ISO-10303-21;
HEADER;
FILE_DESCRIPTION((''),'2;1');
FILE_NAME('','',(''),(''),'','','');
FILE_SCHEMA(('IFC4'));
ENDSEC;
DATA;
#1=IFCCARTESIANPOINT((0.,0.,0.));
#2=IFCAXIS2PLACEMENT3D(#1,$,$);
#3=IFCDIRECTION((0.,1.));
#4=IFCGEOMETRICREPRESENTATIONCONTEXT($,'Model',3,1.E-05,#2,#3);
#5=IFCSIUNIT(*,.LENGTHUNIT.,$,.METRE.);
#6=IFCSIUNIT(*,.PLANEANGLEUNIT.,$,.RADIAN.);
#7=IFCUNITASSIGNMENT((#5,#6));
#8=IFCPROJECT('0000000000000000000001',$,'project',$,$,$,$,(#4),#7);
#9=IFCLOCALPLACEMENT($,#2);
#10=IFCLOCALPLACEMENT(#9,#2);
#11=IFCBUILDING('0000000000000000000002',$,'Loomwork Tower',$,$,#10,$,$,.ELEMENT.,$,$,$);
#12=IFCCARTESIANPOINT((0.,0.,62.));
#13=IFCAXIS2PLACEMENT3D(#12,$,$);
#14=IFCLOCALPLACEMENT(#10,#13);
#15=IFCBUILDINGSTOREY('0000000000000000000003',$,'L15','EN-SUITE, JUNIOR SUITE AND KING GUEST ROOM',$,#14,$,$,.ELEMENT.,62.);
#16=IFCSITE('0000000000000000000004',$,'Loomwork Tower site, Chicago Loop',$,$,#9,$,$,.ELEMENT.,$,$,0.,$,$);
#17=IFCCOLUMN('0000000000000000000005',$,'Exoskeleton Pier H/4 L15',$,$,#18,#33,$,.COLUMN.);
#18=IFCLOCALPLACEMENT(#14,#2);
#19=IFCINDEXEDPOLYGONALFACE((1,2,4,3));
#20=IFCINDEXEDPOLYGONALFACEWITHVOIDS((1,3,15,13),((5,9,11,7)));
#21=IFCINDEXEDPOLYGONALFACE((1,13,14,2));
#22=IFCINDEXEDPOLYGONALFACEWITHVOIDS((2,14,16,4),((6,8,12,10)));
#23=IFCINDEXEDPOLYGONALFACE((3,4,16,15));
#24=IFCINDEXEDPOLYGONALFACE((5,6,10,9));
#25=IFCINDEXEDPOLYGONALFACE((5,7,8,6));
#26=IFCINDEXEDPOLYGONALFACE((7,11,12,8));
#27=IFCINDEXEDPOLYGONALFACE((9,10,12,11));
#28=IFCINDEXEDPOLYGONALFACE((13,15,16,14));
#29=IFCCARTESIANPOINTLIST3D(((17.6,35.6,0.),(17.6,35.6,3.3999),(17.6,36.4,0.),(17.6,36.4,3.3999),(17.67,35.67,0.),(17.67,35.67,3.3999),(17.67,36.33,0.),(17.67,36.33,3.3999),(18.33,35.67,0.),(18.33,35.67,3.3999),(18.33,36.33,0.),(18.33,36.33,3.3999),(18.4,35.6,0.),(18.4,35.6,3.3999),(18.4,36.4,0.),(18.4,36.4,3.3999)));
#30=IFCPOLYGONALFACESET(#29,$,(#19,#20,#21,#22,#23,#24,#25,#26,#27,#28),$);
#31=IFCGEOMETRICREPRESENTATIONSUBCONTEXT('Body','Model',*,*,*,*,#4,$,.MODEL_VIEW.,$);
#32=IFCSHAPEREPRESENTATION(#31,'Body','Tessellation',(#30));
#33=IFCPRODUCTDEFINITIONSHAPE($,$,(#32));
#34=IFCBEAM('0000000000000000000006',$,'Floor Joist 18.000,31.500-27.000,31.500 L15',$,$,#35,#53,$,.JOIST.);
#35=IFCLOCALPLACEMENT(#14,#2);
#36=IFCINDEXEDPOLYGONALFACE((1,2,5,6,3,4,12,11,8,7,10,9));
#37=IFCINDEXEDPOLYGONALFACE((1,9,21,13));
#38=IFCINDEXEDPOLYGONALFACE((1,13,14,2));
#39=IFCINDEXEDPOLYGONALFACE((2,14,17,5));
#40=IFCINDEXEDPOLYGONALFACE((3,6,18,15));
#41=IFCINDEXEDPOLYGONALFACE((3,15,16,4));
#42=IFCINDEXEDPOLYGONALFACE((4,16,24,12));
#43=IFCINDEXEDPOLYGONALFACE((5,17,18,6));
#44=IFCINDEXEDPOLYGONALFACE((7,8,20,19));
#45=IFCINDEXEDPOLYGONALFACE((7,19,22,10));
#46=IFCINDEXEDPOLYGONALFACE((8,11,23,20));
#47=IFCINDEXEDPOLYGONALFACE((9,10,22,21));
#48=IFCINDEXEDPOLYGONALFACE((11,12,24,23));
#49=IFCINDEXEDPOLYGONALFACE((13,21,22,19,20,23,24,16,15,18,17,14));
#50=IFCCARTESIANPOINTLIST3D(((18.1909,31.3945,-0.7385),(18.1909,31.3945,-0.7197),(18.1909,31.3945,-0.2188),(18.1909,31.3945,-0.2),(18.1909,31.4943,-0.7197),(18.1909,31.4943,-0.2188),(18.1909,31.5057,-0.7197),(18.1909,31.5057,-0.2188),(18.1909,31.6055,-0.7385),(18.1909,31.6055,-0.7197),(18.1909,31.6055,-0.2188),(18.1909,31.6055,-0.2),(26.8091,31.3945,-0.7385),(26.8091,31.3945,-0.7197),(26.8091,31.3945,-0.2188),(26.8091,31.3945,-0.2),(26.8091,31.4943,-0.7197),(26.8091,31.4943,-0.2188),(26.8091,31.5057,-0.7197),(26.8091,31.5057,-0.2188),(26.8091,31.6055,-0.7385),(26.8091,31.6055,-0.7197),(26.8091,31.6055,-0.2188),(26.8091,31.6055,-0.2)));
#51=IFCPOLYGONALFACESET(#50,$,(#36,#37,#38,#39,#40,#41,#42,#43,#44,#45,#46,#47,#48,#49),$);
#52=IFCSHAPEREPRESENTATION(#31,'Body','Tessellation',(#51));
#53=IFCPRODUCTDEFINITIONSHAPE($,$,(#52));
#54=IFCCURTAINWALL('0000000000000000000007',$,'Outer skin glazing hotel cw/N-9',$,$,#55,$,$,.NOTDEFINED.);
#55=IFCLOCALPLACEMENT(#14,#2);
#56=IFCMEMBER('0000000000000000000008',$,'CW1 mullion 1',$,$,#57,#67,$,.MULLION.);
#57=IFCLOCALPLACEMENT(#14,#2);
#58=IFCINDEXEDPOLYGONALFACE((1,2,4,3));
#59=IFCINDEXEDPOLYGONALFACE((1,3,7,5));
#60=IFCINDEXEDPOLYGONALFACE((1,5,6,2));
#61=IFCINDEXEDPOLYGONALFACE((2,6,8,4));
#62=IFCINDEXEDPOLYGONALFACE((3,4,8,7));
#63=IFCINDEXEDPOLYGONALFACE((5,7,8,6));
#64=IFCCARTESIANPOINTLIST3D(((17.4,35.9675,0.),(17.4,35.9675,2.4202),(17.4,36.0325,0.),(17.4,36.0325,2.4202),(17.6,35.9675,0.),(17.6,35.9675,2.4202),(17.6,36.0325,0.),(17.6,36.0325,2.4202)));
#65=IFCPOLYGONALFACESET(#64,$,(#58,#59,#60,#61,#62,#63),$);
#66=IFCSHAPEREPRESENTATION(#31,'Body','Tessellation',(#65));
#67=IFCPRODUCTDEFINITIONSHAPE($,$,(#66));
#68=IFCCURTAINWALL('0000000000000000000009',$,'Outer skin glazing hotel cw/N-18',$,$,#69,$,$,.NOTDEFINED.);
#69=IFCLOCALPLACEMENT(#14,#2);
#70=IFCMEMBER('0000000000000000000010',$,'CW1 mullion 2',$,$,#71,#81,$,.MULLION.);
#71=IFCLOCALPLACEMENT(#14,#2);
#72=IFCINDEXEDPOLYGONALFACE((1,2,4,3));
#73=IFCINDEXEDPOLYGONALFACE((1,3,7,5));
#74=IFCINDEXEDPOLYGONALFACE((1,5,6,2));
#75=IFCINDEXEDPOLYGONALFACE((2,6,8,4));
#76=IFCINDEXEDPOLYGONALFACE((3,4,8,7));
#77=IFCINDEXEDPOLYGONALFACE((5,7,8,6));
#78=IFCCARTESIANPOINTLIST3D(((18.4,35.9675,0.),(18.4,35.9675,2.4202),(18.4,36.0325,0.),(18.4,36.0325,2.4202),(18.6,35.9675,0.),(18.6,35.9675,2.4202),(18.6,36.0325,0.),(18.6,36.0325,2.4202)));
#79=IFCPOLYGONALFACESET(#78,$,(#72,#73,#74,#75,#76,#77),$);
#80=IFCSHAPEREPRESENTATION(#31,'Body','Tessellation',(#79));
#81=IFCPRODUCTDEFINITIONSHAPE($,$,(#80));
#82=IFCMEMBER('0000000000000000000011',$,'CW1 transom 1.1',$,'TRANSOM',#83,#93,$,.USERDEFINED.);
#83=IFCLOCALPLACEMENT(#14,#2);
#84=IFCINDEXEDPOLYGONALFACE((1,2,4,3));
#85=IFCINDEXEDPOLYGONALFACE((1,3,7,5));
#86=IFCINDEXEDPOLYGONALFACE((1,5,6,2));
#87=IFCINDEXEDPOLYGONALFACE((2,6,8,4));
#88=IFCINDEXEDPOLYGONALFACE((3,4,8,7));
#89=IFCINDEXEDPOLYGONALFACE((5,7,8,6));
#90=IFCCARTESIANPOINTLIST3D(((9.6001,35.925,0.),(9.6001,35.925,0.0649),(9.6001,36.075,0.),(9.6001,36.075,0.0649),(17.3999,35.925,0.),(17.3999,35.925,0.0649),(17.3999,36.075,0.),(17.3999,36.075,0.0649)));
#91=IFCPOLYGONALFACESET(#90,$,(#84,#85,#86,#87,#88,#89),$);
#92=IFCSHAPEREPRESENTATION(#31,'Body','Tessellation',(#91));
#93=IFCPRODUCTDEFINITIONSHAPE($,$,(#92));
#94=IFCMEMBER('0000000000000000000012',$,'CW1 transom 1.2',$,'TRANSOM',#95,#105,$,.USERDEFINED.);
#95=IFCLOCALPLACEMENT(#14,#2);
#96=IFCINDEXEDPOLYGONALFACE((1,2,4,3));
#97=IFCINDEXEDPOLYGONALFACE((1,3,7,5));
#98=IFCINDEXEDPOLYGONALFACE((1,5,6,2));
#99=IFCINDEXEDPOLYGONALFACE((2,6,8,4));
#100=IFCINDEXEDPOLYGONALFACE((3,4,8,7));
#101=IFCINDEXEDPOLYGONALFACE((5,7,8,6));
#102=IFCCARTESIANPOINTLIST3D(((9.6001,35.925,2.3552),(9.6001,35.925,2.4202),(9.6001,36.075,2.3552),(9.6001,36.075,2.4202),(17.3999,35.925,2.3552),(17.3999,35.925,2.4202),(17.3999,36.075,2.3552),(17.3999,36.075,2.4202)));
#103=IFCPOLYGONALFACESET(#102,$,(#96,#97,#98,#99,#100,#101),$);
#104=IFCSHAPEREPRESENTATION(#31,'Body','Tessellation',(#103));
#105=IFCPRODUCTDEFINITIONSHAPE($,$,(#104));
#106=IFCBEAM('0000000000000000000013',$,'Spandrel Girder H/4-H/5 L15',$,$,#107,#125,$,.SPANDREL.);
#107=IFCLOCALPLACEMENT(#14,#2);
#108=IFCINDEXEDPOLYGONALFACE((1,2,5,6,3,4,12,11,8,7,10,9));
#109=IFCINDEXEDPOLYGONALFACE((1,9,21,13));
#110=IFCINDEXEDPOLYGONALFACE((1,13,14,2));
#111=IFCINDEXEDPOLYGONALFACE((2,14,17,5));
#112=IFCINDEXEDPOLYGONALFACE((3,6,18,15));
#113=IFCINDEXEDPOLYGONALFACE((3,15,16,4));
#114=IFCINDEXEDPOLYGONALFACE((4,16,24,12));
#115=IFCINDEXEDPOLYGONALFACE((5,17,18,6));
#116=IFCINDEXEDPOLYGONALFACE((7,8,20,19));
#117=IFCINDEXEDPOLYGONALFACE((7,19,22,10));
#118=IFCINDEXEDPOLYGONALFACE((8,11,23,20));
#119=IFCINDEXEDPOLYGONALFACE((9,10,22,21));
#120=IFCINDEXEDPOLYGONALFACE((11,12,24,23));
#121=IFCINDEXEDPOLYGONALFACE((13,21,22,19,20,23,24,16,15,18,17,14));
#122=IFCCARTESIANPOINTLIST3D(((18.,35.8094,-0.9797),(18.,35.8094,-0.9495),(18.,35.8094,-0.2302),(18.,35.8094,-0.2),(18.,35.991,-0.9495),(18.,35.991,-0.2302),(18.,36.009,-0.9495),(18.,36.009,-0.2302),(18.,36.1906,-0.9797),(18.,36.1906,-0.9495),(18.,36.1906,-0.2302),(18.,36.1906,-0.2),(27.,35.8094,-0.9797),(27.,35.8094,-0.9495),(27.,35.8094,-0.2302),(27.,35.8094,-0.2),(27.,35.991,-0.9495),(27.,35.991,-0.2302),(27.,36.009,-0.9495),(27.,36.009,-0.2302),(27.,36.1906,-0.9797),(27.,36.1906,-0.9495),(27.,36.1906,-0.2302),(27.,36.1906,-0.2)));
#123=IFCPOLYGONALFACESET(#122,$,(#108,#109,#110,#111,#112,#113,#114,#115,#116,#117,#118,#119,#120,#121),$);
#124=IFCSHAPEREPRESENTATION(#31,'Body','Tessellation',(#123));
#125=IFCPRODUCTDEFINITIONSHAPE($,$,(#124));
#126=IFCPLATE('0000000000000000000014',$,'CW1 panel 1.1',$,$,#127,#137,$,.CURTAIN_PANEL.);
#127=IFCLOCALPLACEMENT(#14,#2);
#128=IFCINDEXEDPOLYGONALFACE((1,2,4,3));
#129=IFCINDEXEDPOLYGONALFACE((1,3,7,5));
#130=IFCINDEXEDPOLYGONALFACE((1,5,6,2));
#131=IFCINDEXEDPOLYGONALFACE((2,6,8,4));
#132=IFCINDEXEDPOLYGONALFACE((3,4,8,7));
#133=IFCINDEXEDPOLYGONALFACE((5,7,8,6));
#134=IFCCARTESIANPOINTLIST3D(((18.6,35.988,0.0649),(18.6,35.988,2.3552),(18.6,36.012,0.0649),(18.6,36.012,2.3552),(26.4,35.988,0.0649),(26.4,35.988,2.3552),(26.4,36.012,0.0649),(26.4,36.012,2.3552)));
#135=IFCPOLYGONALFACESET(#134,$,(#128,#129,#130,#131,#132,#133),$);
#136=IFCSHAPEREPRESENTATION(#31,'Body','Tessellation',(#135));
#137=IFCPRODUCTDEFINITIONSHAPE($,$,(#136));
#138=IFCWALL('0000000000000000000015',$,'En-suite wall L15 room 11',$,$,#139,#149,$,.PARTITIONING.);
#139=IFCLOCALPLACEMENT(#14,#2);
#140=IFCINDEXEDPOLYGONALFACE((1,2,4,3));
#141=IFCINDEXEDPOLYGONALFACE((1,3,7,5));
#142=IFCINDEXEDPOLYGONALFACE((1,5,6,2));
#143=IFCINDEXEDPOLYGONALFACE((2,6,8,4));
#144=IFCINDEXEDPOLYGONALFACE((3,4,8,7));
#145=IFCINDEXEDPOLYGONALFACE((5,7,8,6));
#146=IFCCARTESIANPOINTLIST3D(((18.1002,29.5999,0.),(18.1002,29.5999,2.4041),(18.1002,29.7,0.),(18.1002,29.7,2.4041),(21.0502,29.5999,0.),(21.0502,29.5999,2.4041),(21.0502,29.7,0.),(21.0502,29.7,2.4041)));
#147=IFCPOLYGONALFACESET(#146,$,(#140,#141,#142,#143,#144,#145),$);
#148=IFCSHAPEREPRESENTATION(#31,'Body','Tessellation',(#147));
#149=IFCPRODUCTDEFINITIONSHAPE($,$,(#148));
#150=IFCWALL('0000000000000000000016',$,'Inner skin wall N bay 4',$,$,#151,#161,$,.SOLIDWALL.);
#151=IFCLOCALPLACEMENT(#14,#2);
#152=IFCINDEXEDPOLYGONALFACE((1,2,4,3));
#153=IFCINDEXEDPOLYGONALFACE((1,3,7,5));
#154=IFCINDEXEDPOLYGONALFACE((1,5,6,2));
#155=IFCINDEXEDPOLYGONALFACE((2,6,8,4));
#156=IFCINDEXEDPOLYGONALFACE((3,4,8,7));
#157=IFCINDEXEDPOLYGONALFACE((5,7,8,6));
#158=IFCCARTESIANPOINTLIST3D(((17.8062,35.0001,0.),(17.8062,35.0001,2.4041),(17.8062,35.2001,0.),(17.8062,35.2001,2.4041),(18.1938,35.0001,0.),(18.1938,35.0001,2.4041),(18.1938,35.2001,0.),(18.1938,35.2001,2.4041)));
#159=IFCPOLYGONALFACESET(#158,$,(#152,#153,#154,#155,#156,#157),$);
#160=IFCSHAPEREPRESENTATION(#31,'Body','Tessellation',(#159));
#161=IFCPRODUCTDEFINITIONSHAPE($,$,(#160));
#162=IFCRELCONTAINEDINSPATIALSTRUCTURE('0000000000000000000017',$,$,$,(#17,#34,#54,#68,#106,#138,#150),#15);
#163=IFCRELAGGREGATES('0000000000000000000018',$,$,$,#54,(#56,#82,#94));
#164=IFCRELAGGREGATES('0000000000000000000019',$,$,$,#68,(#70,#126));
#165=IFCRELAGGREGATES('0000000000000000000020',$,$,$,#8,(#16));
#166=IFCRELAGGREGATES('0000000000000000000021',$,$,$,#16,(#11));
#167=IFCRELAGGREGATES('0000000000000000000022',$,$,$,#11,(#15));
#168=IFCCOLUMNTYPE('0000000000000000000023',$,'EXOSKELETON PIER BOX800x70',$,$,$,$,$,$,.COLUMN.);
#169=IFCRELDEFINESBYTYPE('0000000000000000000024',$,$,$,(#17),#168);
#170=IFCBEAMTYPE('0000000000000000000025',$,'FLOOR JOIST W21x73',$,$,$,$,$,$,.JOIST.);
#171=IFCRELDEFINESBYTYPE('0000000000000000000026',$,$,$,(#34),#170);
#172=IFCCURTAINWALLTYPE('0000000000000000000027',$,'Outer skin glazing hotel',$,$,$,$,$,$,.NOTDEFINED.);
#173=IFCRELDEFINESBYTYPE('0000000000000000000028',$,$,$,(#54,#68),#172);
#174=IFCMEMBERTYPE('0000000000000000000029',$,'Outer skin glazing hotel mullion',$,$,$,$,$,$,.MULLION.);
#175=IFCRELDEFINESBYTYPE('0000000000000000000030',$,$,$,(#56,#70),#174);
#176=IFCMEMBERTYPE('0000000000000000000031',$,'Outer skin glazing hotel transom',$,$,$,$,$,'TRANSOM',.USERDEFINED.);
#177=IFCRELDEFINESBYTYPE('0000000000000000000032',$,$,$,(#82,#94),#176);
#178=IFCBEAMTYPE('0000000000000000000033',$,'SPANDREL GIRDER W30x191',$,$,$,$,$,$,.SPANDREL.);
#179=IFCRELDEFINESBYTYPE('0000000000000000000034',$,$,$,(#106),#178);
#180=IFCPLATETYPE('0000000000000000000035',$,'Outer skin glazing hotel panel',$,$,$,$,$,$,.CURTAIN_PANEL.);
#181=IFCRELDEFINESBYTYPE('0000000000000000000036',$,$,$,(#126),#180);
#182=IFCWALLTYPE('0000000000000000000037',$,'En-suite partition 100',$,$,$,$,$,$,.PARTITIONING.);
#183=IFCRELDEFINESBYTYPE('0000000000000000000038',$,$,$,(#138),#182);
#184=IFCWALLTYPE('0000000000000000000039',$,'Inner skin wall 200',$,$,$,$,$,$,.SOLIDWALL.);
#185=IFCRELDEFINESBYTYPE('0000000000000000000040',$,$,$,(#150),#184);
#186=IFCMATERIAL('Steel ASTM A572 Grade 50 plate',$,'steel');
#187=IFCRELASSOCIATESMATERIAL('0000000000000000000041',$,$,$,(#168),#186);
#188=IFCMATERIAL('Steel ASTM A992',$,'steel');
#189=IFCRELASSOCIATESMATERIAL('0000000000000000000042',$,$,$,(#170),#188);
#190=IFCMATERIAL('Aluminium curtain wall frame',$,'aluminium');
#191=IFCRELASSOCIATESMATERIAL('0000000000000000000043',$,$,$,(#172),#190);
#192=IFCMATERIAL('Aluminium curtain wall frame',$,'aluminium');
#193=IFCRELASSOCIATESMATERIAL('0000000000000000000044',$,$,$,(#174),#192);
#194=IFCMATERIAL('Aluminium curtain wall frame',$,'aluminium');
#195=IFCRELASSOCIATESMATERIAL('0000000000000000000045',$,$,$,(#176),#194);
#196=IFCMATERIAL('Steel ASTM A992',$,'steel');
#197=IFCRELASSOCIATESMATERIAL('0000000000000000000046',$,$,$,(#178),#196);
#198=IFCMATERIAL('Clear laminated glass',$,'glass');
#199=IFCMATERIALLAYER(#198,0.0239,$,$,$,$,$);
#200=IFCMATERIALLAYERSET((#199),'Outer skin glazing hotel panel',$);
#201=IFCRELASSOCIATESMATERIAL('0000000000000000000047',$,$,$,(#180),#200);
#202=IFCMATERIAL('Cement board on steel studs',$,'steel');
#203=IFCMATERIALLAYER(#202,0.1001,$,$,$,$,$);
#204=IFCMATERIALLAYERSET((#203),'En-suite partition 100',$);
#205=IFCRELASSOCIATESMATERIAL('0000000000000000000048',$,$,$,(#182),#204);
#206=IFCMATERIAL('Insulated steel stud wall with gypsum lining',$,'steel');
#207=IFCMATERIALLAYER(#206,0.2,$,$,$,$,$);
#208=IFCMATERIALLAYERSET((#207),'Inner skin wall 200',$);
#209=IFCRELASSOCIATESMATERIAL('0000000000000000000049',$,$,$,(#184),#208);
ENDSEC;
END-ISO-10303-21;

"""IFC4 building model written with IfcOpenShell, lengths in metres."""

from ifc_helpers import new_model, si_unit, direction, frame, frame_2d, origin, origin_2d, place, context, subcontext, project, spatial, rectangle, hollow_rectangle, i_section, extrude, material, layer, layer_set, material_profile, profile_set, type_object, element, aggregate, save


model = new_model("IFC4")

# Units and contexts
model_context = context("Model", 3, precision=1e-05, world=origin(), true_north=direction((0.0, 1.0)))
body_context = subcontext(model_context, "Body", "Model", "MODEL_VIEW")
ifc_project = project(units=[si_unit("LENGTHUNIT", "METRE"), si_unit("PLANEANGLEUNIT", "RADIAN")], contexts=[model_context])

# Site, building, storey
site_placement = place(None, origin())
site = spatial("IfcSite", under=ifc_project, at=site_placement, Name="Loomwork Tower site, Chicago Loop", CompositionType="ELEMENT", RefElevation=0.0)
building_placement = place(site_placement, origin())
building = spatial("IfcBuilding", under=site, at=building_placement, Name="Loomwork Tower", CompositionType="ELEMENT")
storey_placement = place(building_placement, frame((0.0, 0.0, 62.0)))
storey = spatial("IfcBuildingStorey", under=building, at=storey_placement, Name="L15", Description="EN-SUITE, JUNIOR SUITE AND KING GUEST ROOM", CompositionType="ELEMENT", Elevation=62.0)

# Column
ifc_material_1 = material(Name="Steel ASTM A572 Grade 50 plate", Category="steel")
ifc_material_profile_1 = material_profile(ifc_material_1, hollow_rectangle(XDim=0.8, YDim=0.8, WallThickness=0.0701, at=origin_2d()), Name="BOX800x70")
ifc_profile_set_1 = profile_set([ifc_material_profile_1], Name="Steel ASTM A572 Grade 50 plate")
column_type = type_object("IfcColumnType", Name="EXOSKELETON PIER BOX800x70", PredefinedType="COLUMN", material=ifc_profile_set_1)
column_placement = place(storey_placement, frame((18.0, 36.0, 0.0), z_axis=(0.0, 0.0, 1.0), x_axis=(1.0, 0.0, 0.0)))
element("IfcColumn", 1, at=column_placement, inside=storey, type_object=column_type, Name="Exoskeleton Pier H/4 L15", PredefinedType="COLUMN", context=body_context, shape_type="SweptSolid", body=[
    extrude(hollow_rectangle(XDim=0.8, YDim=0.8, WallThickness=0.0701, at=origin_2d()), origin(), (0.0, 0.0, 1.0), 3.3999),
])

# Beam
ifc_material_2 = material(Name="Steel ASTM A992", Category="steel")
ifc_material_profile_2 = material_profile(ifc_material_2, i_section(OverallWidth=0.2109, OverallDepth=0.5386, WebThickness=0.0115, FlangeThickness=0.0188, at=origin_2d()), Name="W21x73")
ifc_profile_set_2 = profile_set([ifc_material_profile_2], Name="Steel ASTM A992")
beam_type_1 = type_object("IfcBeamType", Name="FLOOR JOIST W21x73", PredefinedType="JOIST", material=ifc_profile_set_2)
beam_1_placement = place(storey_placement, frame((18.1909, 31.5, -0.4692), z_axis=(1.0, 0.0, 0.0), x_axis=(0.0, 1.0, 0.0)))
element("IfcBeam", 2, at=beam_1_placement, inside=storey, type_object=beam_type_1, Name="Floor Joist 18.000,31.500-27.000,31.500 L15", PredefinedType="JOIST", context=body_context, shape_type="SweptSolid", body=[
    extrude(i_section(OverallWidth=0.2109, OverallDepth=0.5386, WebThickness=0.0115, FlangeThickness=0.0188, at=origin_2d()), origin(), (0.0, 0.0, 1.0), 8.6182),
])

# Curtain walls, members
ifc_material_3 = material(Name="Aluminium curtain wall frame", Category="aluminium")
curtain_wall_type = type_object("IfcCurtainWallType", Name="Outer skin glazing hotel", PredefinedType="NOTDEFINED", material=ifc_material_3)
curtain_wall_1_placement = place(storey_placement, origin())
curtain_wall_1 = element("IfcCurtainWall", 3, at=curtain_wall_1_placement, inside=storey, type_object=curtain_wall_type, Name="Outer skin glazing hotel cw/N-9", PredefinedType="NOTDEFINED")
ifc_material_4 = material(Name="Aluminium curtain wall frame", Category="aluminium")
ifc_material_profile_3 = material_profile(ifc_material_4, rectangle(XDim=0.0649, YDim=0.2, at=origin_2d()), Name="AL 65x200")
ifc_profile_set_3 = profile_set([ifc_material_profile_3], Name="Aluminium curtain wall frame")
member_type_1 = type_object("IfcMemberType", Name="Outer skin glazing hotel mullion", PredefinedType="MULLION", material=ifc_profile_set_3)
member_1_placement = place(storey_placement, frame((17.5, 36.0, 0.0), z_axis=(0.0, 0.0, 1.0), x_axis=(0.0, -1.0, 0.0)))
member_1 = element("IfcMember", 4, at=member_1_placement, type_object=member_type_1, Name="CW1 mullion 1", PredefinedType="MULLION", context=body_context, shape_type="SweptSolid", body=[
    extrude(rectangle(XDim=0.0649, YDim=0.2, at=origin_2d()), origin(), (0.0, 0.0, 1.0), 2.4202),
])
curtain_wall_2_placement = place(storey_placement, origin())
curtain_wall_2 = element("IfcCurtainWall", 5, at=curtain_wall_2_placement, inside=storey, type_object=curtain_wall_type, Name="Outer skin glazing hotel cw/N-18", PredefinedType="NOTDEFINED")
member_2_placement = place(storey_placement, frame((18.5, 36.0, 0.0), z_axis=(0.0, 0.0, 1.0), x_axis=(0.0, -1.0, 0.0)))
member_2 = element("IfcMember", 6, at=member_2_placement, type_object=member_type_1, Name="CW1 mullion 2", PredefinedType="MULLION", context=body_context, shape_type="SweptSolid", body=[
    extrude(rectangle(XDim=0.0649, YDim=0.2, at=origin_2d()), origin(), (0.0, 0.0, 1.0), 2.4202),
])

# Members
ifc_material_5 = material(Name="Aluminium curtain wall frame", Category="aluminium")
ifc_material_profile_4 = material_profile(ifc_material_5, rectangle(XDim=0.1499, YDim=0.0649, at=origin_2d()), Name="AL 65x150")
ifc_profile_set_4 = profile_set([ifc_material_profile_4], Name="Aluminium curtain wall frame")
member_type_2 = type_object("IfcMemberType", Name="Outer skin glazing hotel transom", ElementType="TRANSOM", PredefinedType="USERDEFINED", material=ifc_profile_set_4)
member_3_placement = place(storey_placement, frame((17.3999, 36.0, 0.0325), z_axis=(-1.0, 0.0, 0.0), x_axis=(0.0, -1.0, 0.0)))
member_3 = element("IfcMember", 7, at=member_3_placement, type_object=member_type_2, Name="CW1 transom 1.1", ObjectType="TRANSOM", PredefinedType="USERDEFINED", context=body_context, shape_type="SweptSolid", body=[
    extrude(rectangle(XDim=0.1499, YDim=0.0649, at=origin_2d()), origin(), (0.0, 0.0, 1.0), 7.7998),
])
member_4_placement = place(storey_placement, frame((17.3999, 36.0, 2.3877), z_axis=(-1.0, 0.0, 0.0), x_axis=(0.0, -1.0, 0.0)))
member_4 = element("IfcMember", 8, at=member_4_placement, type_object=member_type_2, Name="CW1 transom 1.2", ObjectType="TRANSOM", PredefinedType="USERDEFINED", context=body_context, shape_type="SweptSolid", body=[
    extrude(rectangle(XDim=0.1499, YDim=0.0649, at=origin_2d()), origin(), (0.0, 0.0, 1.0), 7.7998),
])
aggregate(curtain_wall_1, [member_1, member_3, member_4])

# Beam
ifc_material_6 = material(Name="Steel ASTM A992", Category="steel")
ifc_material_profile_5 = material_profile(ifc_material_6, i_section(OverallWidth=0.3811, OverallDepth=0.7798, WebThickness=0.0181, FlangeThickness=0.0303, at=origin_2d()), Name="W30x191")
ifc_profile_set_5 = profile_set([ifc_material_profile_5], Name="Steel ASTM A992")
beam_type_2 = type_object("IfcBeamType", Name="SPANDREL GIRDER W30x191", PredefinedType="SPANDREL", material=ifc_profile_set_5)
beam_2_placement = place(storey_placement, frame((18.0, 36.0, -0.5898), z_axis=(1.0, 0.0, 0.0), x_axis=(0.0, 1.0, 0.0)))
element("IfcBeam", 9, at=beam_2_placement, inside=storey, type_object=beam_type_2, Name="Spandrel Girder H/4-H/5 L15", PredefinedType="SPANDREL", context=body_context, shape_type="SweptSolid", body=[
    extrude(i_section(OverallWidth=0.3811, OverallDepth=0.7798, WebThickness=0.0181, FlangeThickness=0.0303, at=origin_2d()), origin(), (0.0, 0.0, 1.0), 9.0),
])

# Plate
ifc_material_7 = material(Name="Clear laminated glass", Category="glass")
ifc_layer_1 = layer(ifc_material_7, 0.0239)
ifc_layer_set_1 = layer_set([ifc_layer_1], Name="Outer skin glazing hotel panel")
plate_type = type_object("IfcPlateType", Name="Outer skin glazing hotel panel", PredefinedType="CURTAIN_PANEL", material=ifc_layer_set_1)
plate_placement = place(storey_placement, frame((22.5, 36.0, 0.0649), z_axis=(0.0, 0.0, 1.0), x_axis=(-1.0, 0.0, 0.0)))
plate = element("IfcPlate", 10, at=plate_placement, type_object=plate_type, Name="CW1 panel 1.1", PredefinedType="CURTAIN_PANEL", context=body_context, shape_type="SweptSolid", body=[
    extrude(rectangle(XDim=7.8, YDim=0.0239, at=origin_2d()), origin(), (0.0, 0.0, 1.0), 2.2903),
])
aggregate(curtain_wall_2, [member_2, plate])

# Walls
ifc_material_8 = material(Name="Cement board on steel studs", Category="steel")
ifc_layer_2 = layer(ifc_material_8, 0.1001)
ifc_layer_set_2 = layer_set([ifc_layer_2], Name="En-suite partition 100")
wall_type_1 = type_object("IfcWallType", Name="En-suite partition 100", PredefinedType="PARTITIONING", material=ifc_layer_set_2)
wall_1_placement = place(storey_placement, frame((18.1001, 29.6499, 0.0), z_axis=(0.0, 0.0, 1.0), x_axis=(1.0, 0.0, 0.0)))
element("IfcWall", 11, at=wall_1_placement, inside=storey, type_object=wall_type_1, Name="En-suite wall L15 room 11", PredefinedType="PARTITIONING", context=body_context, shape_type="SweptSolid", body=[
    extrude(rectangle(XDim=2.95, YDim=0.1001, at=frame_2d((1.4751, 0.0))), origin(), (0.0, 0.0, 1.0), 2.4041),
])
ifc_material_9 = material(Name="Insulated steel stud wall with gypsum lining", Category="steel")
ifc_layer_3 = layer(ifc_material_9, 0.2)
ifc_layer_set_3 = layer_set([ifc_layer_3], Name="Inner skin wall 200")
wall_type_2 = type_object("IfcWallType", Name="Inner skin wall 200", PredefinedType="SOLIDWALL", material=ifc_layer_set_3)
wall_2_placement = place(storey_placement, frame((17.8062, 35.1001, 0.0), z_axis=(0.0, 0.0, 1.0), x_axis=(1.0, 0.0, 0.0)))
element("IfcWall", 12, at=wall_2_placement, inside=storey, type_object=wall_type_2, Name="Inner skin wall N bay 4", PredefinedType="SOLIDWALL", context=body_context, shape_type="SweptSolid", body=[
    extrude(rectangle(XDim=0.3877, YDim=0.2, at=frame_2d((0.1938, 0.0))), origin(), (0.0, 0.0, 1.0), 2.4041),
])

save(model, "model.ifc")
